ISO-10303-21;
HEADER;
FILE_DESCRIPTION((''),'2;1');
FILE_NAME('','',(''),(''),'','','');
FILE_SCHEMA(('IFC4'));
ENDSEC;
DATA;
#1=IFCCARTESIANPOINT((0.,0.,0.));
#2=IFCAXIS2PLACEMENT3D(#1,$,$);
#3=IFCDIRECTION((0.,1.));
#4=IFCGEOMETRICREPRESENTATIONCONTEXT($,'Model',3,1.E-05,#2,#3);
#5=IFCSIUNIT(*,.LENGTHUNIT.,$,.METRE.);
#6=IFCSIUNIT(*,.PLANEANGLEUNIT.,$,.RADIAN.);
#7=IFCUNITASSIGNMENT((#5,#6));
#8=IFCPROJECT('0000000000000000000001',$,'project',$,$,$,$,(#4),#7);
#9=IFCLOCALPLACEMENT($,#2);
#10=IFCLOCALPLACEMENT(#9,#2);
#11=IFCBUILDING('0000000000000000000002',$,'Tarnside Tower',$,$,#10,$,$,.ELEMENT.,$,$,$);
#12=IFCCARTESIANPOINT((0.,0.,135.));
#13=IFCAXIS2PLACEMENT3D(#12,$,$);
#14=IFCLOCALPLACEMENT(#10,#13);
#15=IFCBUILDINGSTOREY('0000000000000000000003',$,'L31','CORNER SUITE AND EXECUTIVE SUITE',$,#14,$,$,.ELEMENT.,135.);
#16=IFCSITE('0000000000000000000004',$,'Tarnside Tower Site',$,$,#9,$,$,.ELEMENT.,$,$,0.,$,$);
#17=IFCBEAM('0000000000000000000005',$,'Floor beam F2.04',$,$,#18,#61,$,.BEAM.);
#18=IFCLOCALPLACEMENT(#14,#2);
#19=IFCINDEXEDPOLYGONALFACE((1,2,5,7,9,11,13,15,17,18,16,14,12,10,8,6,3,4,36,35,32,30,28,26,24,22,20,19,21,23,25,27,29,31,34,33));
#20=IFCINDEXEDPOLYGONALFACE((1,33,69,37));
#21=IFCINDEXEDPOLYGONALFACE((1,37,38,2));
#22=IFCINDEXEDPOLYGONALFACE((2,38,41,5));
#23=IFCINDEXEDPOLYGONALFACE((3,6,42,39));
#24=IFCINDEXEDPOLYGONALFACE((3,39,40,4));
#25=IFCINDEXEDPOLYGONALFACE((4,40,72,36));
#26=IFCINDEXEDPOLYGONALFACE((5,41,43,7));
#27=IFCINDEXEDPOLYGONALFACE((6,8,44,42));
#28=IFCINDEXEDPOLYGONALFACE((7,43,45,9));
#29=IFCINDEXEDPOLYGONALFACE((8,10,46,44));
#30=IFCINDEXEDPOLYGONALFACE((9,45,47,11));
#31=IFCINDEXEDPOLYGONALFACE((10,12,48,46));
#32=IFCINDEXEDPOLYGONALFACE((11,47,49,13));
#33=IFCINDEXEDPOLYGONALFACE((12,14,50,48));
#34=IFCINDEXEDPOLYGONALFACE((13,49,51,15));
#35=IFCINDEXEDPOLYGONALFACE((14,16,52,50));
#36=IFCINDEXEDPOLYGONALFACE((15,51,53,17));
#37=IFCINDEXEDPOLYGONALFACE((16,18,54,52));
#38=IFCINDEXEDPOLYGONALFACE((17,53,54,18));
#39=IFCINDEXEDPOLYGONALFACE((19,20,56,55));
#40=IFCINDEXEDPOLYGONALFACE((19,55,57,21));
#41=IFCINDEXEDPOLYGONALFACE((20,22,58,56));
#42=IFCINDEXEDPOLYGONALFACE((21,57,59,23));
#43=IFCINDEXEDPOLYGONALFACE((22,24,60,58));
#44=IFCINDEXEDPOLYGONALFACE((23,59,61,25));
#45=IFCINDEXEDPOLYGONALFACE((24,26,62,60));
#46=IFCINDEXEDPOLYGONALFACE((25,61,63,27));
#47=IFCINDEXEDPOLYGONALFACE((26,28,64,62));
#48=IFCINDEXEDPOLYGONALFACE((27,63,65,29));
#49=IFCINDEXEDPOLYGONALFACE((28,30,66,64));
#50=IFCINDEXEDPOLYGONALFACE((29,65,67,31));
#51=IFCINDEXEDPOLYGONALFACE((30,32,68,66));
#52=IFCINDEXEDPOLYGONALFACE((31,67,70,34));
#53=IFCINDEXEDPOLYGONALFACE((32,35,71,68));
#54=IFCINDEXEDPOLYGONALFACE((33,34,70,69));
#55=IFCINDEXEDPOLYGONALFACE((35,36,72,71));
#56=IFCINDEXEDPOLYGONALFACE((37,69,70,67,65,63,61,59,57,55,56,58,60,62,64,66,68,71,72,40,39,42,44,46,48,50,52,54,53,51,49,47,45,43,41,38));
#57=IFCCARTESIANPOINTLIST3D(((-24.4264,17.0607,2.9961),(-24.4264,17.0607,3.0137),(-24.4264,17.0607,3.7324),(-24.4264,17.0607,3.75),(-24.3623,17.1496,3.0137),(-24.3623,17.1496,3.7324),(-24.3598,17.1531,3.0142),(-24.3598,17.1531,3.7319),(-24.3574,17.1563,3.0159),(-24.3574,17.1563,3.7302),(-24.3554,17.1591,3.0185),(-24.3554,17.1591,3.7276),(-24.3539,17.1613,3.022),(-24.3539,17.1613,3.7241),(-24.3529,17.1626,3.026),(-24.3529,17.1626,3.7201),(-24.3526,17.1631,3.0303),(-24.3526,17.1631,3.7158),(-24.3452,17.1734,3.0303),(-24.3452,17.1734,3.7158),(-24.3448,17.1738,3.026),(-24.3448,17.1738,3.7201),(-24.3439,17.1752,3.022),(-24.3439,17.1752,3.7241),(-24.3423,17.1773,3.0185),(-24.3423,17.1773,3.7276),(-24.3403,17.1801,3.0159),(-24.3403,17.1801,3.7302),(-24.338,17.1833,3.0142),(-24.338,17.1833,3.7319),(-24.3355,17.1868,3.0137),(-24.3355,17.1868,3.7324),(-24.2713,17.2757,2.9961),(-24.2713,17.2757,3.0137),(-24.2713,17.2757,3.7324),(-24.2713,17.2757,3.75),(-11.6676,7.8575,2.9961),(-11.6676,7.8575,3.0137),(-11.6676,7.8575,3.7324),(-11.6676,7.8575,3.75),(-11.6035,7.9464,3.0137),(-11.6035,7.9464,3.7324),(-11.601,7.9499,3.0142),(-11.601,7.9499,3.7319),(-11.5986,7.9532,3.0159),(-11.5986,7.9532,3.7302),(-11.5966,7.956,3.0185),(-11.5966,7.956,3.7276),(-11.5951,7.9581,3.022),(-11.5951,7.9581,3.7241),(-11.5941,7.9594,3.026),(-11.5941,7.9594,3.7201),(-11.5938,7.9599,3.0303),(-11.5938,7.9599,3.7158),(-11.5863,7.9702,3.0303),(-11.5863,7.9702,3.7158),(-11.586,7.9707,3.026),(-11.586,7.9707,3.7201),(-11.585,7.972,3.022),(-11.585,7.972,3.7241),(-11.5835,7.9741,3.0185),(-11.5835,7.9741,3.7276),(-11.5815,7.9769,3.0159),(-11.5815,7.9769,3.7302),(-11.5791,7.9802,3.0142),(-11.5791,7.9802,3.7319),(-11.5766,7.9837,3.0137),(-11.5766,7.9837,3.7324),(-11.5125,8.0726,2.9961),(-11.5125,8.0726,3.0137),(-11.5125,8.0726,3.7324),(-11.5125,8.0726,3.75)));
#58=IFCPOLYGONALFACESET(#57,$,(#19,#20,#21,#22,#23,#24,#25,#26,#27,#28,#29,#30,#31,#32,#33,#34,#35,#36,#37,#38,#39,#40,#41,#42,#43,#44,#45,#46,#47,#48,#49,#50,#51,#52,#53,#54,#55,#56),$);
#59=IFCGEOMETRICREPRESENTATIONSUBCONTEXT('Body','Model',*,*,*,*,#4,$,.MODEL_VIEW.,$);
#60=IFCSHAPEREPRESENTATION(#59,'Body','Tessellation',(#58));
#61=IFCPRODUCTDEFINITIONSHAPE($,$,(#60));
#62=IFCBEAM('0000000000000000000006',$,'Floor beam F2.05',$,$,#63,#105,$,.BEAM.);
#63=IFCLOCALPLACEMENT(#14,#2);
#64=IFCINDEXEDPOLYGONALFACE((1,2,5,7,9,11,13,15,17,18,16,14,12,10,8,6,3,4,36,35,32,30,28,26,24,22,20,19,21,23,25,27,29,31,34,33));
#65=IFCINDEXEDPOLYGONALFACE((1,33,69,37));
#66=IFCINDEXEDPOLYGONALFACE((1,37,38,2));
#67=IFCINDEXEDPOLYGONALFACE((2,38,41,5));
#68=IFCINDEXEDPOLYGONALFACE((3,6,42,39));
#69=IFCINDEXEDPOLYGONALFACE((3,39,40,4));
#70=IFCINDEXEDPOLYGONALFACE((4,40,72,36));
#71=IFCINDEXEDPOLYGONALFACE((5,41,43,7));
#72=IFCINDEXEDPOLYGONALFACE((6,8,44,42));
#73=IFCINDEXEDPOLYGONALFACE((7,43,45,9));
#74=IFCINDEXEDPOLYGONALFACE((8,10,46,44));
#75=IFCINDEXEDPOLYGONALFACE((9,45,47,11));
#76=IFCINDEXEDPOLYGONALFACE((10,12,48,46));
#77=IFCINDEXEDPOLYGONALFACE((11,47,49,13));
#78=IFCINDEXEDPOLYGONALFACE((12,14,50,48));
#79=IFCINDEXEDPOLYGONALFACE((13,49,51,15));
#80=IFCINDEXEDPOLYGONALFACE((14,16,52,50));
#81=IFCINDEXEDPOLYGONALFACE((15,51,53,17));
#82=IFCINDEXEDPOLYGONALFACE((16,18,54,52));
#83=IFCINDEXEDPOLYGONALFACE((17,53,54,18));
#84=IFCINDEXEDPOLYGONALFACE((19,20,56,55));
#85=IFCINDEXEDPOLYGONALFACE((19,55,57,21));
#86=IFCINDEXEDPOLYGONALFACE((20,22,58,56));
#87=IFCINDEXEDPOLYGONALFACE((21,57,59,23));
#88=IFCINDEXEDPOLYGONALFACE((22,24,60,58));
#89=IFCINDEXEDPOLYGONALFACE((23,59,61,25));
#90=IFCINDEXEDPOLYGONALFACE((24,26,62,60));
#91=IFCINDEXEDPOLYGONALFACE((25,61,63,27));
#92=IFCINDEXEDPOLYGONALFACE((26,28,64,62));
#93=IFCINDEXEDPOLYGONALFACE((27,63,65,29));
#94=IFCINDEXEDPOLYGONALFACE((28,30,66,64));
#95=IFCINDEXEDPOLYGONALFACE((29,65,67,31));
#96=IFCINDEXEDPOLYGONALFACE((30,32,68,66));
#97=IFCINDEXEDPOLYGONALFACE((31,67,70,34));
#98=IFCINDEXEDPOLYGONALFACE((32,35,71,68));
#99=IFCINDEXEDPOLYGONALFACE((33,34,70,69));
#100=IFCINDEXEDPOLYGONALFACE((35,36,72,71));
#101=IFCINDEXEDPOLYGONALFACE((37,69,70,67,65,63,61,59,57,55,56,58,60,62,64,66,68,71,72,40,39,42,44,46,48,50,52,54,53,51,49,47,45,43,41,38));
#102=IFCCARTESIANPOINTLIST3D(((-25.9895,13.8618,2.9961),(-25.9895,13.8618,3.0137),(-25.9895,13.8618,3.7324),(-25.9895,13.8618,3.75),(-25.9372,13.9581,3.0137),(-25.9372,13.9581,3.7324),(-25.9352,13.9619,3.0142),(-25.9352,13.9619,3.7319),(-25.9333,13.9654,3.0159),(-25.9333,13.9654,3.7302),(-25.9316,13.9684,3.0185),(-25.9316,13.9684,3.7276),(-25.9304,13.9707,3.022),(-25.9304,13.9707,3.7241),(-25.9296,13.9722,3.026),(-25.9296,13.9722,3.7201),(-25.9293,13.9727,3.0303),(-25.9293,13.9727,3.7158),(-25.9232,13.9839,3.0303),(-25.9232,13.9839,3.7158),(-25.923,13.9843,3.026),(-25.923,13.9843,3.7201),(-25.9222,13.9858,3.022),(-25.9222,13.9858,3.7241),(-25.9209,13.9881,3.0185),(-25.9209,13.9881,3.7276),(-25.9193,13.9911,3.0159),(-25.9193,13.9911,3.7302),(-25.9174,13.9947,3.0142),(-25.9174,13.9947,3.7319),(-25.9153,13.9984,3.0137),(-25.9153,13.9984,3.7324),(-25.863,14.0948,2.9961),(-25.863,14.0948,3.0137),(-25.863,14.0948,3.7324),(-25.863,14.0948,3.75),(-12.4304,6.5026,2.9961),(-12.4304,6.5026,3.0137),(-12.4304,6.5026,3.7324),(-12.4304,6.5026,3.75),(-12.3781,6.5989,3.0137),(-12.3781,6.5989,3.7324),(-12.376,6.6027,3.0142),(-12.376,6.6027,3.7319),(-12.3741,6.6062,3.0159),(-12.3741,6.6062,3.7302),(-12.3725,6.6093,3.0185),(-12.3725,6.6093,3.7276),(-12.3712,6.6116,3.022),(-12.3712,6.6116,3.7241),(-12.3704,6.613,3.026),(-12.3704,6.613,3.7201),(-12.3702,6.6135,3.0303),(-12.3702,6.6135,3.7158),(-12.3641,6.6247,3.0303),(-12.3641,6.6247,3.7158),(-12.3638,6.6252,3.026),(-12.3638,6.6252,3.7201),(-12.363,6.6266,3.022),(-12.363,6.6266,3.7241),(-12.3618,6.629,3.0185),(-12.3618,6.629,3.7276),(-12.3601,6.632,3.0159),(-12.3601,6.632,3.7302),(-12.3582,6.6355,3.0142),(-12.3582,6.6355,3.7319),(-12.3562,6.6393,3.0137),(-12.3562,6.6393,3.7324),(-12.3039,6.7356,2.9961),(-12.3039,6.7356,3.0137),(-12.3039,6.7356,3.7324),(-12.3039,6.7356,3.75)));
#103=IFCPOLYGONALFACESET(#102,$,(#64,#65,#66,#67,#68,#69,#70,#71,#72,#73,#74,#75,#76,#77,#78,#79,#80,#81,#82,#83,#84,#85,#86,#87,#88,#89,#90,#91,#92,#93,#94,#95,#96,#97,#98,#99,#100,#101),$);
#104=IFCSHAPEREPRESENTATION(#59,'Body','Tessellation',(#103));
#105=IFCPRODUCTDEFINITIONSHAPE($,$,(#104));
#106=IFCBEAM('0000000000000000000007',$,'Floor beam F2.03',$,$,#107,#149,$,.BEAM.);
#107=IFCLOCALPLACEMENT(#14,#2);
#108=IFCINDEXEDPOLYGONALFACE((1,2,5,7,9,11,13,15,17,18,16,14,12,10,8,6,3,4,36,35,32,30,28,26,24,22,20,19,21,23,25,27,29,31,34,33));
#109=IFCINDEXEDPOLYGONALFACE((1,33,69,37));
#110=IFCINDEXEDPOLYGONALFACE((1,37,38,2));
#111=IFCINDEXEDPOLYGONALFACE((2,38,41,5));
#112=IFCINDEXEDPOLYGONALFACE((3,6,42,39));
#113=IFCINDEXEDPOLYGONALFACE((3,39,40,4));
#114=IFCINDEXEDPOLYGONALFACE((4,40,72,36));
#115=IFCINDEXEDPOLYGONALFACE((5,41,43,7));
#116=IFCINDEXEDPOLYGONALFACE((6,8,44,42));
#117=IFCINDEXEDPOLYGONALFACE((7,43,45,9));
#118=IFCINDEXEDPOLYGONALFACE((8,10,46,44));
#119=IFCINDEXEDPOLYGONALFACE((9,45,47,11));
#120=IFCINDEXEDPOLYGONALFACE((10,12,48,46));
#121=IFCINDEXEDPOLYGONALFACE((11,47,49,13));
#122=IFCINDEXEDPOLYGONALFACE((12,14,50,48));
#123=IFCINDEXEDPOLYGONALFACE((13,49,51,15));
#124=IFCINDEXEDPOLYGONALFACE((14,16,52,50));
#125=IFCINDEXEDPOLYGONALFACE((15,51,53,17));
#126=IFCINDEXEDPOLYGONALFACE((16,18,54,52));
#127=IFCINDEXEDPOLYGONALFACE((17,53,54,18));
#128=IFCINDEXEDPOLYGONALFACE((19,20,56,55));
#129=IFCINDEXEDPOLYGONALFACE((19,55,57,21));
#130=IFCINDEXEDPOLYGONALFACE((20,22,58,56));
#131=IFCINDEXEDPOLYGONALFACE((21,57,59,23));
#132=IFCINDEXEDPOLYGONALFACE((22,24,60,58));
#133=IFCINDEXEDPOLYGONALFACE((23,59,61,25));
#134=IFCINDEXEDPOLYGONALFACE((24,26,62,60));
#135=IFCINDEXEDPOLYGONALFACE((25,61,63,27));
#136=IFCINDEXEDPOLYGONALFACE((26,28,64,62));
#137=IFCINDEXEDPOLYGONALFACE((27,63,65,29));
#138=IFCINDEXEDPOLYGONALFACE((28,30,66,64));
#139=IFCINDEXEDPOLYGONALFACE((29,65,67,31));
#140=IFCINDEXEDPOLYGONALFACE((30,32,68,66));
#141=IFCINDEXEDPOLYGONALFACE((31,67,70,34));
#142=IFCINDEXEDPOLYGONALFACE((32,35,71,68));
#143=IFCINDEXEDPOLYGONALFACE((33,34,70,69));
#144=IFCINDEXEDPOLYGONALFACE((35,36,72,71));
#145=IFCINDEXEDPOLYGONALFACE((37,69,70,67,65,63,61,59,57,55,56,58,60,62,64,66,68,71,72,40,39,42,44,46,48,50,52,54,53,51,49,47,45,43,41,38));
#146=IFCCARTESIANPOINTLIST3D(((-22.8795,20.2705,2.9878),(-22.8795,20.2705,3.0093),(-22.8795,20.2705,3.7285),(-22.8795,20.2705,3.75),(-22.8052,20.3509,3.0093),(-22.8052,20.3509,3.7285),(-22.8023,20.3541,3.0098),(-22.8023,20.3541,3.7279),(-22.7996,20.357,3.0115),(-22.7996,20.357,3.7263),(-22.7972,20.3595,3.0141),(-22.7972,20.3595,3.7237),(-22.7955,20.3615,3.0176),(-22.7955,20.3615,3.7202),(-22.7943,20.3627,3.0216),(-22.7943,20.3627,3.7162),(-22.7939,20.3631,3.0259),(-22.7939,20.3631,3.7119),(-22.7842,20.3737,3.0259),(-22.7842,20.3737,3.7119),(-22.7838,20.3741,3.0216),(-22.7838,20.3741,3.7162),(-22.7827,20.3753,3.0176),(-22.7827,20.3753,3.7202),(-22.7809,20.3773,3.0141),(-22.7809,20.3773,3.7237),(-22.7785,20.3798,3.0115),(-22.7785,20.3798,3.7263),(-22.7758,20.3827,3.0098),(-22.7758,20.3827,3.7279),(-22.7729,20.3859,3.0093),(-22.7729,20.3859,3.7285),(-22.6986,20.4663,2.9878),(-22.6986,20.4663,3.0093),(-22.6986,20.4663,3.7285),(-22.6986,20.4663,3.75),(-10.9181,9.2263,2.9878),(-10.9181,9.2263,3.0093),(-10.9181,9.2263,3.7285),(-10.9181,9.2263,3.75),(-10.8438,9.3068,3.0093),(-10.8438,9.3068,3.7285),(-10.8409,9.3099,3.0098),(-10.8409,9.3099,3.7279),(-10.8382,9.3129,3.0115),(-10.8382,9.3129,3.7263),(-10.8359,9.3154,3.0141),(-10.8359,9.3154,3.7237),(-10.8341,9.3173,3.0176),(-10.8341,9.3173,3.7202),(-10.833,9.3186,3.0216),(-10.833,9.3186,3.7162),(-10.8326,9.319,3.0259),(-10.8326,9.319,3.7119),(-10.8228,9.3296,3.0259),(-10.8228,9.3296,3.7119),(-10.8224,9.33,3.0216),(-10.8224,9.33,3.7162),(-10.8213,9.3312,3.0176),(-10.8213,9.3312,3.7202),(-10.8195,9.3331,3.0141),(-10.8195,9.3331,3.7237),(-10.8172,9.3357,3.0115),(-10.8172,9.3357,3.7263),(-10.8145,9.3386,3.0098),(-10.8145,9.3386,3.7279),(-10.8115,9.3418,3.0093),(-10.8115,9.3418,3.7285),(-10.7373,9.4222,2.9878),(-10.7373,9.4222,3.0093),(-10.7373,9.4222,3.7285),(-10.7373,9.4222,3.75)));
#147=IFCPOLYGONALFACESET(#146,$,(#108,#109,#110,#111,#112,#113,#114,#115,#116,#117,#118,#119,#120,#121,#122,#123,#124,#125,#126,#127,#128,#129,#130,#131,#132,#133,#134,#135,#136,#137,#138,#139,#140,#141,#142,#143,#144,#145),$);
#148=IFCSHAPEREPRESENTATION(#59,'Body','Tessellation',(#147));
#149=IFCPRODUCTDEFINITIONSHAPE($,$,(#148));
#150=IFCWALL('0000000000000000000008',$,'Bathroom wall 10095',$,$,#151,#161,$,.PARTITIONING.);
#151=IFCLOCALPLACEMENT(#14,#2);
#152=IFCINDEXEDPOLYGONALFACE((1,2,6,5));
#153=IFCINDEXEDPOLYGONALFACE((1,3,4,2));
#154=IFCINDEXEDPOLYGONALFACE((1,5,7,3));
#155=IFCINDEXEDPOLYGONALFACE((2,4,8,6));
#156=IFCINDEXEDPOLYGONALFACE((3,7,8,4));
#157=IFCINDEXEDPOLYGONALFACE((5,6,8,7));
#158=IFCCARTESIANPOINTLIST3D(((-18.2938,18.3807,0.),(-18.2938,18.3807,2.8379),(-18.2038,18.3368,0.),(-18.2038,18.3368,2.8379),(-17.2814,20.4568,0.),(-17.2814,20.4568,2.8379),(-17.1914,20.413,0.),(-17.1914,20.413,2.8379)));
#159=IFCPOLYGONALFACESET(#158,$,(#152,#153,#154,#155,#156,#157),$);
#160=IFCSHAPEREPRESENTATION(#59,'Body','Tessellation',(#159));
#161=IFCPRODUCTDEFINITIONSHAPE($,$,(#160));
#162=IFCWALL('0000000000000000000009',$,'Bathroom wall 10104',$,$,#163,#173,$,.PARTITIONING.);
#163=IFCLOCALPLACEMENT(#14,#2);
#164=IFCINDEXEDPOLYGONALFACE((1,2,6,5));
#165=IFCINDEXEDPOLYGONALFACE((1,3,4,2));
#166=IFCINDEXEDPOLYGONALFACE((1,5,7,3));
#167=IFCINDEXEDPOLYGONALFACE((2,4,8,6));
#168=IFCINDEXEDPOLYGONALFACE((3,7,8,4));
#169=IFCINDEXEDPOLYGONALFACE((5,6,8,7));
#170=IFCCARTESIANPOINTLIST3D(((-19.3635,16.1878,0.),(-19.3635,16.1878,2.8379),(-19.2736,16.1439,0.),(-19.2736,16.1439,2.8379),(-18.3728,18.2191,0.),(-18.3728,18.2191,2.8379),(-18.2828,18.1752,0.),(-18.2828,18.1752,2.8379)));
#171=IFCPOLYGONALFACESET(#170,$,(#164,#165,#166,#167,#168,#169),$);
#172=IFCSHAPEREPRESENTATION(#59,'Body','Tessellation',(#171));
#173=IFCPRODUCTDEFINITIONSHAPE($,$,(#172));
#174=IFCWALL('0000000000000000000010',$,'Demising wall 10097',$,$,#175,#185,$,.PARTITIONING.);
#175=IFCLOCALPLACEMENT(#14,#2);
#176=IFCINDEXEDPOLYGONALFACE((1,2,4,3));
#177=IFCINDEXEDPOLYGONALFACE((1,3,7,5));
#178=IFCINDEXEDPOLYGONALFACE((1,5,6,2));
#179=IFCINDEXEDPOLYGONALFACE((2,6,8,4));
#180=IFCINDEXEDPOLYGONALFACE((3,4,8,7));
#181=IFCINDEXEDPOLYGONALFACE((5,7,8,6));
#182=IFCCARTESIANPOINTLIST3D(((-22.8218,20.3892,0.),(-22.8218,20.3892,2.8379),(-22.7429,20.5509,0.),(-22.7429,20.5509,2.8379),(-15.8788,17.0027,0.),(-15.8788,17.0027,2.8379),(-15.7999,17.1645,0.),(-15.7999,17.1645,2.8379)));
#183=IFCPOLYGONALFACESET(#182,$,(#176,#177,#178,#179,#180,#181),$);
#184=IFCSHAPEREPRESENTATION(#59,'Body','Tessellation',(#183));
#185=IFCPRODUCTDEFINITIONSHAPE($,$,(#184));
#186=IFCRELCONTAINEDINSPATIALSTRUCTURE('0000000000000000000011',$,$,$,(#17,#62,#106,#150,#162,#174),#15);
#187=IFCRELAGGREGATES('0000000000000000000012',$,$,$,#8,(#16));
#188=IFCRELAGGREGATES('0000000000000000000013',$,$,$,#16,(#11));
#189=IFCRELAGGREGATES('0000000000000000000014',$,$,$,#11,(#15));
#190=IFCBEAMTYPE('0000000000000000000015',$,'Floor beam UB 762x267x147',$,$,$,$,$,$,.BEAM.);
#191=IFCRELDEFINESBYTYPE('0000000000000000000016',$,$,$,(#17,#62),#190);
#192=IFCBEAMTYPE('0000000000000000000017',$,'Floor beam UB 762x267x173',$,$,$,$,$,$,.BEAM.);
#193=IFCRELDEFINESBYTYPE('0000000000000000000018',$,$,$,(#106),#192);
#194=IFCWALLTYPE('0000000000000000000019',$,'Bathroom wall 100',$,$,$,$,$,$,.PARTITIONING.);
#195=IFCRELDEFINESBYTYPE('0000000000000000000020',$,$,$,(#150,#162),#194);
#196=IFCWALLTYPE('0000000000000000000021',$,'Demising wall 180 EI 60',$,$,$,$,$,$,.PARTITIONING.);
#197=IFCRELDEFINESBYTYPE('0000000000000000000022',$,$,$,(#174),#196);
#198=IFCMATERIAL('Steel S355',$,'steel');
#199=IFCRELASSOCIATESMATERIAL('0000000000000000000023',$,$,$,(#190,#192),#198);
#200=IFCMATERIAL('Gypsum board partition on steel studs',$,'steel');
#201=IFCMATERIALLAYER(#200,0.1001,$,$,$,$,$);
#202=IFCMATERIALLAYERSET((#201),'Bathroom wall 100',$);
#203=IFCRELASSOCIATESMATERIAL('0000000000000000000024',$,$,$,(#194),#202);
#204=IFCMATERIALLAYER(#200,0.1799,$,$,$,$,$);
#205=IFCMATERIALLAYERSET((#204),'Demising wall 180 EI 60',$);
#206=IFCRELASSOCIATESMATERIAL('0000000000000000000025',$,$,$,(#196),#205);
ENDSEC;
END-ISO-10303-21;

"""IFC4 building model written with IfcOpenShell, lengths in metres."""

from ifc_helpers import new_model, si_unit, direction, frame, frame_2d, origin, origin_2d, place, context, subcontext, project, spatial, rectangle, i_section, extrude, material, layer, layer_set, material_profile, profile_set, type_object, element, save


model = new_model("IFC4")

# Units and contexts
model_context = context("Model", 3, precision=1e-05, world=origin(), true_north=direction((0.0, 1.0)))
body_context = subcontext(model_context, "Body", "Model", "MODEL_VIEW")
ifc_project = project(units=[si_unit("LENGTHUNIT", "METRE"), si_unit("PLANEANGLEUNIT", "RADIAN")], contexts=[model_context])

# Site, building, storey
site_placement = place(None, origin())
site = spatial("IfcSite", under=ifc_project, at=site_placement, Name="Tarnside Tower Site", CompositionType="ELEMENT", RefElevation=0.0)
building_placement = place(site_placement, origin())
building = spatial("IfcBuilding", under=site, at=building_placement, Name="Tarnside Tower", CompositionType="ELEMENT")
storey_placement = place(building_placement, frame((0.0, 0.0, 135.0)))
storey = spatial("IfcBuildingStorey", under=building, at=storey_placement, Name="L31", Description="CORNER SUITE AND EXECUTIVE SUITE", CompositionType="ELEMENT", Elevation=135.0)

# Beams
ifc_material_1 = material(Name="Steel S355", Category="steel")
ifc_material_profile_1 = material_profile(ifc_material_1, i_section(OverallWidth=0.2651, OverallDepth=0.7539, WebThickness=0.0127, FlangeThickness=0.0176, FilletRadius=0.0166, at=origin_2d()), Name="UB 762x267x147")
ifc_profile_set_1 = profile_set([ifc_material_profile_1], Name="Steel S355")
beam_type_1 = type_object("IfcBeamType", Name="Floor beam UB 762x267x147", PredefinedType="BEAM", material=ifc_profile_set_1)
beam_1_placement = place(storey_placement, frame((-24.3489, 17.1682, 3.373), z_axis=(0.811028, -0.585008, 0.0), x_axis=(0.585008, 0.811028, 0.0)))
element("IfcBeam", 1, at=beam_1_placement, inside=storey, type_object=beam_type_1, Name="Floor beam F2.04", PredefinedType="BEAM", context=body_context, shape_type="SweptSolid", body=[
    extrude(i_section(OverallWidth=0.2651, OverallDepth=0.7539, WebThickness=0.0127, FlangeThickness=0.0176, FilletRadius=0.0166, at=origin_2d()), origin(), (0.0, 0.0, 1.0), 15.7317),
])
beam_2_placement = place(storey_placement, frame((-25.9263, 13.9783, 3.373), z_axis=(0.878895, -0.477016, 0.0), x_axis=(0.477016, 0.878895, 0.0)))
element("IfcBeam", 2, at=beam_2_placement, inside=storey, type_object=beam_type_1, Name="Floor beam F2.05", PredefinedType="BEAM", context=body_context, shape_type="SweptSolid", body=[
    extrude(i_section(OverallWidth=0.2651, OverallDepth=0.7539, WebThickness=0.0127, FlangeThickness=0.0176, FilletRadius=0.0166, at=origin_2d()), origin(), (0.0, 0.0, 1.0), 15.4275),
])
ifc_material_profile_2 = material_profile(ifc_material_1, i_section(OverallWidth=0.2666, OverallDepth=0.7622, WebThickness=0.0144, FlangeThickness=0.0215, FilletRadius=0.0166, at=origin_2d()), Name="UB 762x267x173")
ifc_profile_set_2 = profile_set([ifc_material_profile_2], Name="Steel S355")
beam_type_2 = type_object("IfcBeamType", Name="Floor beam UB 762x267x173", PredefinedType="BEAM", material=ifc_profile_set_2)
beam_3_placement = place(storey_placement, frame((-22.7891, 20.3684, 3.3689), z_axis=(0.734715, -0.678375, 0.0), x_axis=(0.678375, 0.734715, 0.0)))
element("IfcBeam", 3, at=beam_3_placement, inside=storey, type_object=beam_type_2, Name="Floor beam F2.03", PredefinedType="BEAM", context=body_context, shape_type="SweptSolid", body=[
    extrude(i_section(OverallWidth=0.2666, OverallDepth=0.7622, WebThickness=0.0144, FlangeThickness=0.0215, FilletRadius=0.0166, at=origin_2d()), origin(), (0.0, 0.0, 1.0), 16.2803),
])

# Walls
ifc_material_2 = material(Name="Gypsum board partition on steel studs", Category="steel")
ifc_layer_1 = layer(ifc_material_2, 0.1001)
ifc_layer_set_1 = layer_set([ifc_layer_1], Name="Bathroom wall 100")
wall_type_1 = type_object("IfcWallType", Name="Bathroom wall 100", PredefinedType="PARTITIONING", material=ifc_layer_set_1)
wall_1_placement = place(storey_placement, frame((-18.2488, 18.3589, 0.0), z_axis=(0.0, 0.0, 1.0), x_axis=(0.438313, 0.898822, 0.0)))
element("IfcWall", 4, at=wall_1_placement, inside=storey, type_object=wall_type_1, Name="Bathroom wall 10095", PredefinedType="PARTITIONING", context=body_context, shape_type="SweptSolid", body=[
    extrude(rectangle(XDim=2.3098, YDim=0.1001, at=frame_2d((1.1548, 0.0))), origin(), (0.0, 0.0, 1.0), 2.8379),
])
wall_2_placement = place(storey_placement, frame((-18.3279, 18.197, 0.0), z_axis=(0.0, 0.0, 1.0), x_axis=(-0.438377, -0.898791, 0.0)))
element("IfcWall", 5, at=wall_2_placement, inside=storey, type_object=wall_type_1, Name="Bathroom wall 10104", PredefinedType="PARTITIONING", context=body_context, shape_type="SweptSolid", body=[
    extrude(rectangle(XDim=2.26, YDim=0.1001, at=frame_2d((1.1299, 0.0))), origin(), (0.0, 0.0, 1.0), 2.8379),
])
ifc_layer_2 = layer(ifc_material_2, 0.1799)
ifc_layer_set_2 = layer_set([ifc_layer_2], Name="Demising wall 180 EI 60")
wall_type_2 = type_object("IfcWallType", Name="Demising wall 180 EI 60", PredefinedType="PARTITIONING", material=ifc_layer_set_2)
wall_3_placement = place(storey_placement, frame((-22.7822, 20.47, 0.0), z_axis=(0.0, 0.0, 1.0), x_axis=(0.898789, -0.438381, 0.0)))
element("IfcWall", 6, at=wall_3_placement, inside=storey, type_object=wall_type_2, Name="Demising wall 10097", PredefinedType="PARTITIONING", context=body_context, shape_type="SweptSolid", body=[
    extrude(rectangle(XDim=7.7249, YDim=0.1799, at=frame_2d((3.8623, 0.0))), origin(), (0.0, 0.0, 1.0), 2.8379),
])

save(model, "model.ifc")
